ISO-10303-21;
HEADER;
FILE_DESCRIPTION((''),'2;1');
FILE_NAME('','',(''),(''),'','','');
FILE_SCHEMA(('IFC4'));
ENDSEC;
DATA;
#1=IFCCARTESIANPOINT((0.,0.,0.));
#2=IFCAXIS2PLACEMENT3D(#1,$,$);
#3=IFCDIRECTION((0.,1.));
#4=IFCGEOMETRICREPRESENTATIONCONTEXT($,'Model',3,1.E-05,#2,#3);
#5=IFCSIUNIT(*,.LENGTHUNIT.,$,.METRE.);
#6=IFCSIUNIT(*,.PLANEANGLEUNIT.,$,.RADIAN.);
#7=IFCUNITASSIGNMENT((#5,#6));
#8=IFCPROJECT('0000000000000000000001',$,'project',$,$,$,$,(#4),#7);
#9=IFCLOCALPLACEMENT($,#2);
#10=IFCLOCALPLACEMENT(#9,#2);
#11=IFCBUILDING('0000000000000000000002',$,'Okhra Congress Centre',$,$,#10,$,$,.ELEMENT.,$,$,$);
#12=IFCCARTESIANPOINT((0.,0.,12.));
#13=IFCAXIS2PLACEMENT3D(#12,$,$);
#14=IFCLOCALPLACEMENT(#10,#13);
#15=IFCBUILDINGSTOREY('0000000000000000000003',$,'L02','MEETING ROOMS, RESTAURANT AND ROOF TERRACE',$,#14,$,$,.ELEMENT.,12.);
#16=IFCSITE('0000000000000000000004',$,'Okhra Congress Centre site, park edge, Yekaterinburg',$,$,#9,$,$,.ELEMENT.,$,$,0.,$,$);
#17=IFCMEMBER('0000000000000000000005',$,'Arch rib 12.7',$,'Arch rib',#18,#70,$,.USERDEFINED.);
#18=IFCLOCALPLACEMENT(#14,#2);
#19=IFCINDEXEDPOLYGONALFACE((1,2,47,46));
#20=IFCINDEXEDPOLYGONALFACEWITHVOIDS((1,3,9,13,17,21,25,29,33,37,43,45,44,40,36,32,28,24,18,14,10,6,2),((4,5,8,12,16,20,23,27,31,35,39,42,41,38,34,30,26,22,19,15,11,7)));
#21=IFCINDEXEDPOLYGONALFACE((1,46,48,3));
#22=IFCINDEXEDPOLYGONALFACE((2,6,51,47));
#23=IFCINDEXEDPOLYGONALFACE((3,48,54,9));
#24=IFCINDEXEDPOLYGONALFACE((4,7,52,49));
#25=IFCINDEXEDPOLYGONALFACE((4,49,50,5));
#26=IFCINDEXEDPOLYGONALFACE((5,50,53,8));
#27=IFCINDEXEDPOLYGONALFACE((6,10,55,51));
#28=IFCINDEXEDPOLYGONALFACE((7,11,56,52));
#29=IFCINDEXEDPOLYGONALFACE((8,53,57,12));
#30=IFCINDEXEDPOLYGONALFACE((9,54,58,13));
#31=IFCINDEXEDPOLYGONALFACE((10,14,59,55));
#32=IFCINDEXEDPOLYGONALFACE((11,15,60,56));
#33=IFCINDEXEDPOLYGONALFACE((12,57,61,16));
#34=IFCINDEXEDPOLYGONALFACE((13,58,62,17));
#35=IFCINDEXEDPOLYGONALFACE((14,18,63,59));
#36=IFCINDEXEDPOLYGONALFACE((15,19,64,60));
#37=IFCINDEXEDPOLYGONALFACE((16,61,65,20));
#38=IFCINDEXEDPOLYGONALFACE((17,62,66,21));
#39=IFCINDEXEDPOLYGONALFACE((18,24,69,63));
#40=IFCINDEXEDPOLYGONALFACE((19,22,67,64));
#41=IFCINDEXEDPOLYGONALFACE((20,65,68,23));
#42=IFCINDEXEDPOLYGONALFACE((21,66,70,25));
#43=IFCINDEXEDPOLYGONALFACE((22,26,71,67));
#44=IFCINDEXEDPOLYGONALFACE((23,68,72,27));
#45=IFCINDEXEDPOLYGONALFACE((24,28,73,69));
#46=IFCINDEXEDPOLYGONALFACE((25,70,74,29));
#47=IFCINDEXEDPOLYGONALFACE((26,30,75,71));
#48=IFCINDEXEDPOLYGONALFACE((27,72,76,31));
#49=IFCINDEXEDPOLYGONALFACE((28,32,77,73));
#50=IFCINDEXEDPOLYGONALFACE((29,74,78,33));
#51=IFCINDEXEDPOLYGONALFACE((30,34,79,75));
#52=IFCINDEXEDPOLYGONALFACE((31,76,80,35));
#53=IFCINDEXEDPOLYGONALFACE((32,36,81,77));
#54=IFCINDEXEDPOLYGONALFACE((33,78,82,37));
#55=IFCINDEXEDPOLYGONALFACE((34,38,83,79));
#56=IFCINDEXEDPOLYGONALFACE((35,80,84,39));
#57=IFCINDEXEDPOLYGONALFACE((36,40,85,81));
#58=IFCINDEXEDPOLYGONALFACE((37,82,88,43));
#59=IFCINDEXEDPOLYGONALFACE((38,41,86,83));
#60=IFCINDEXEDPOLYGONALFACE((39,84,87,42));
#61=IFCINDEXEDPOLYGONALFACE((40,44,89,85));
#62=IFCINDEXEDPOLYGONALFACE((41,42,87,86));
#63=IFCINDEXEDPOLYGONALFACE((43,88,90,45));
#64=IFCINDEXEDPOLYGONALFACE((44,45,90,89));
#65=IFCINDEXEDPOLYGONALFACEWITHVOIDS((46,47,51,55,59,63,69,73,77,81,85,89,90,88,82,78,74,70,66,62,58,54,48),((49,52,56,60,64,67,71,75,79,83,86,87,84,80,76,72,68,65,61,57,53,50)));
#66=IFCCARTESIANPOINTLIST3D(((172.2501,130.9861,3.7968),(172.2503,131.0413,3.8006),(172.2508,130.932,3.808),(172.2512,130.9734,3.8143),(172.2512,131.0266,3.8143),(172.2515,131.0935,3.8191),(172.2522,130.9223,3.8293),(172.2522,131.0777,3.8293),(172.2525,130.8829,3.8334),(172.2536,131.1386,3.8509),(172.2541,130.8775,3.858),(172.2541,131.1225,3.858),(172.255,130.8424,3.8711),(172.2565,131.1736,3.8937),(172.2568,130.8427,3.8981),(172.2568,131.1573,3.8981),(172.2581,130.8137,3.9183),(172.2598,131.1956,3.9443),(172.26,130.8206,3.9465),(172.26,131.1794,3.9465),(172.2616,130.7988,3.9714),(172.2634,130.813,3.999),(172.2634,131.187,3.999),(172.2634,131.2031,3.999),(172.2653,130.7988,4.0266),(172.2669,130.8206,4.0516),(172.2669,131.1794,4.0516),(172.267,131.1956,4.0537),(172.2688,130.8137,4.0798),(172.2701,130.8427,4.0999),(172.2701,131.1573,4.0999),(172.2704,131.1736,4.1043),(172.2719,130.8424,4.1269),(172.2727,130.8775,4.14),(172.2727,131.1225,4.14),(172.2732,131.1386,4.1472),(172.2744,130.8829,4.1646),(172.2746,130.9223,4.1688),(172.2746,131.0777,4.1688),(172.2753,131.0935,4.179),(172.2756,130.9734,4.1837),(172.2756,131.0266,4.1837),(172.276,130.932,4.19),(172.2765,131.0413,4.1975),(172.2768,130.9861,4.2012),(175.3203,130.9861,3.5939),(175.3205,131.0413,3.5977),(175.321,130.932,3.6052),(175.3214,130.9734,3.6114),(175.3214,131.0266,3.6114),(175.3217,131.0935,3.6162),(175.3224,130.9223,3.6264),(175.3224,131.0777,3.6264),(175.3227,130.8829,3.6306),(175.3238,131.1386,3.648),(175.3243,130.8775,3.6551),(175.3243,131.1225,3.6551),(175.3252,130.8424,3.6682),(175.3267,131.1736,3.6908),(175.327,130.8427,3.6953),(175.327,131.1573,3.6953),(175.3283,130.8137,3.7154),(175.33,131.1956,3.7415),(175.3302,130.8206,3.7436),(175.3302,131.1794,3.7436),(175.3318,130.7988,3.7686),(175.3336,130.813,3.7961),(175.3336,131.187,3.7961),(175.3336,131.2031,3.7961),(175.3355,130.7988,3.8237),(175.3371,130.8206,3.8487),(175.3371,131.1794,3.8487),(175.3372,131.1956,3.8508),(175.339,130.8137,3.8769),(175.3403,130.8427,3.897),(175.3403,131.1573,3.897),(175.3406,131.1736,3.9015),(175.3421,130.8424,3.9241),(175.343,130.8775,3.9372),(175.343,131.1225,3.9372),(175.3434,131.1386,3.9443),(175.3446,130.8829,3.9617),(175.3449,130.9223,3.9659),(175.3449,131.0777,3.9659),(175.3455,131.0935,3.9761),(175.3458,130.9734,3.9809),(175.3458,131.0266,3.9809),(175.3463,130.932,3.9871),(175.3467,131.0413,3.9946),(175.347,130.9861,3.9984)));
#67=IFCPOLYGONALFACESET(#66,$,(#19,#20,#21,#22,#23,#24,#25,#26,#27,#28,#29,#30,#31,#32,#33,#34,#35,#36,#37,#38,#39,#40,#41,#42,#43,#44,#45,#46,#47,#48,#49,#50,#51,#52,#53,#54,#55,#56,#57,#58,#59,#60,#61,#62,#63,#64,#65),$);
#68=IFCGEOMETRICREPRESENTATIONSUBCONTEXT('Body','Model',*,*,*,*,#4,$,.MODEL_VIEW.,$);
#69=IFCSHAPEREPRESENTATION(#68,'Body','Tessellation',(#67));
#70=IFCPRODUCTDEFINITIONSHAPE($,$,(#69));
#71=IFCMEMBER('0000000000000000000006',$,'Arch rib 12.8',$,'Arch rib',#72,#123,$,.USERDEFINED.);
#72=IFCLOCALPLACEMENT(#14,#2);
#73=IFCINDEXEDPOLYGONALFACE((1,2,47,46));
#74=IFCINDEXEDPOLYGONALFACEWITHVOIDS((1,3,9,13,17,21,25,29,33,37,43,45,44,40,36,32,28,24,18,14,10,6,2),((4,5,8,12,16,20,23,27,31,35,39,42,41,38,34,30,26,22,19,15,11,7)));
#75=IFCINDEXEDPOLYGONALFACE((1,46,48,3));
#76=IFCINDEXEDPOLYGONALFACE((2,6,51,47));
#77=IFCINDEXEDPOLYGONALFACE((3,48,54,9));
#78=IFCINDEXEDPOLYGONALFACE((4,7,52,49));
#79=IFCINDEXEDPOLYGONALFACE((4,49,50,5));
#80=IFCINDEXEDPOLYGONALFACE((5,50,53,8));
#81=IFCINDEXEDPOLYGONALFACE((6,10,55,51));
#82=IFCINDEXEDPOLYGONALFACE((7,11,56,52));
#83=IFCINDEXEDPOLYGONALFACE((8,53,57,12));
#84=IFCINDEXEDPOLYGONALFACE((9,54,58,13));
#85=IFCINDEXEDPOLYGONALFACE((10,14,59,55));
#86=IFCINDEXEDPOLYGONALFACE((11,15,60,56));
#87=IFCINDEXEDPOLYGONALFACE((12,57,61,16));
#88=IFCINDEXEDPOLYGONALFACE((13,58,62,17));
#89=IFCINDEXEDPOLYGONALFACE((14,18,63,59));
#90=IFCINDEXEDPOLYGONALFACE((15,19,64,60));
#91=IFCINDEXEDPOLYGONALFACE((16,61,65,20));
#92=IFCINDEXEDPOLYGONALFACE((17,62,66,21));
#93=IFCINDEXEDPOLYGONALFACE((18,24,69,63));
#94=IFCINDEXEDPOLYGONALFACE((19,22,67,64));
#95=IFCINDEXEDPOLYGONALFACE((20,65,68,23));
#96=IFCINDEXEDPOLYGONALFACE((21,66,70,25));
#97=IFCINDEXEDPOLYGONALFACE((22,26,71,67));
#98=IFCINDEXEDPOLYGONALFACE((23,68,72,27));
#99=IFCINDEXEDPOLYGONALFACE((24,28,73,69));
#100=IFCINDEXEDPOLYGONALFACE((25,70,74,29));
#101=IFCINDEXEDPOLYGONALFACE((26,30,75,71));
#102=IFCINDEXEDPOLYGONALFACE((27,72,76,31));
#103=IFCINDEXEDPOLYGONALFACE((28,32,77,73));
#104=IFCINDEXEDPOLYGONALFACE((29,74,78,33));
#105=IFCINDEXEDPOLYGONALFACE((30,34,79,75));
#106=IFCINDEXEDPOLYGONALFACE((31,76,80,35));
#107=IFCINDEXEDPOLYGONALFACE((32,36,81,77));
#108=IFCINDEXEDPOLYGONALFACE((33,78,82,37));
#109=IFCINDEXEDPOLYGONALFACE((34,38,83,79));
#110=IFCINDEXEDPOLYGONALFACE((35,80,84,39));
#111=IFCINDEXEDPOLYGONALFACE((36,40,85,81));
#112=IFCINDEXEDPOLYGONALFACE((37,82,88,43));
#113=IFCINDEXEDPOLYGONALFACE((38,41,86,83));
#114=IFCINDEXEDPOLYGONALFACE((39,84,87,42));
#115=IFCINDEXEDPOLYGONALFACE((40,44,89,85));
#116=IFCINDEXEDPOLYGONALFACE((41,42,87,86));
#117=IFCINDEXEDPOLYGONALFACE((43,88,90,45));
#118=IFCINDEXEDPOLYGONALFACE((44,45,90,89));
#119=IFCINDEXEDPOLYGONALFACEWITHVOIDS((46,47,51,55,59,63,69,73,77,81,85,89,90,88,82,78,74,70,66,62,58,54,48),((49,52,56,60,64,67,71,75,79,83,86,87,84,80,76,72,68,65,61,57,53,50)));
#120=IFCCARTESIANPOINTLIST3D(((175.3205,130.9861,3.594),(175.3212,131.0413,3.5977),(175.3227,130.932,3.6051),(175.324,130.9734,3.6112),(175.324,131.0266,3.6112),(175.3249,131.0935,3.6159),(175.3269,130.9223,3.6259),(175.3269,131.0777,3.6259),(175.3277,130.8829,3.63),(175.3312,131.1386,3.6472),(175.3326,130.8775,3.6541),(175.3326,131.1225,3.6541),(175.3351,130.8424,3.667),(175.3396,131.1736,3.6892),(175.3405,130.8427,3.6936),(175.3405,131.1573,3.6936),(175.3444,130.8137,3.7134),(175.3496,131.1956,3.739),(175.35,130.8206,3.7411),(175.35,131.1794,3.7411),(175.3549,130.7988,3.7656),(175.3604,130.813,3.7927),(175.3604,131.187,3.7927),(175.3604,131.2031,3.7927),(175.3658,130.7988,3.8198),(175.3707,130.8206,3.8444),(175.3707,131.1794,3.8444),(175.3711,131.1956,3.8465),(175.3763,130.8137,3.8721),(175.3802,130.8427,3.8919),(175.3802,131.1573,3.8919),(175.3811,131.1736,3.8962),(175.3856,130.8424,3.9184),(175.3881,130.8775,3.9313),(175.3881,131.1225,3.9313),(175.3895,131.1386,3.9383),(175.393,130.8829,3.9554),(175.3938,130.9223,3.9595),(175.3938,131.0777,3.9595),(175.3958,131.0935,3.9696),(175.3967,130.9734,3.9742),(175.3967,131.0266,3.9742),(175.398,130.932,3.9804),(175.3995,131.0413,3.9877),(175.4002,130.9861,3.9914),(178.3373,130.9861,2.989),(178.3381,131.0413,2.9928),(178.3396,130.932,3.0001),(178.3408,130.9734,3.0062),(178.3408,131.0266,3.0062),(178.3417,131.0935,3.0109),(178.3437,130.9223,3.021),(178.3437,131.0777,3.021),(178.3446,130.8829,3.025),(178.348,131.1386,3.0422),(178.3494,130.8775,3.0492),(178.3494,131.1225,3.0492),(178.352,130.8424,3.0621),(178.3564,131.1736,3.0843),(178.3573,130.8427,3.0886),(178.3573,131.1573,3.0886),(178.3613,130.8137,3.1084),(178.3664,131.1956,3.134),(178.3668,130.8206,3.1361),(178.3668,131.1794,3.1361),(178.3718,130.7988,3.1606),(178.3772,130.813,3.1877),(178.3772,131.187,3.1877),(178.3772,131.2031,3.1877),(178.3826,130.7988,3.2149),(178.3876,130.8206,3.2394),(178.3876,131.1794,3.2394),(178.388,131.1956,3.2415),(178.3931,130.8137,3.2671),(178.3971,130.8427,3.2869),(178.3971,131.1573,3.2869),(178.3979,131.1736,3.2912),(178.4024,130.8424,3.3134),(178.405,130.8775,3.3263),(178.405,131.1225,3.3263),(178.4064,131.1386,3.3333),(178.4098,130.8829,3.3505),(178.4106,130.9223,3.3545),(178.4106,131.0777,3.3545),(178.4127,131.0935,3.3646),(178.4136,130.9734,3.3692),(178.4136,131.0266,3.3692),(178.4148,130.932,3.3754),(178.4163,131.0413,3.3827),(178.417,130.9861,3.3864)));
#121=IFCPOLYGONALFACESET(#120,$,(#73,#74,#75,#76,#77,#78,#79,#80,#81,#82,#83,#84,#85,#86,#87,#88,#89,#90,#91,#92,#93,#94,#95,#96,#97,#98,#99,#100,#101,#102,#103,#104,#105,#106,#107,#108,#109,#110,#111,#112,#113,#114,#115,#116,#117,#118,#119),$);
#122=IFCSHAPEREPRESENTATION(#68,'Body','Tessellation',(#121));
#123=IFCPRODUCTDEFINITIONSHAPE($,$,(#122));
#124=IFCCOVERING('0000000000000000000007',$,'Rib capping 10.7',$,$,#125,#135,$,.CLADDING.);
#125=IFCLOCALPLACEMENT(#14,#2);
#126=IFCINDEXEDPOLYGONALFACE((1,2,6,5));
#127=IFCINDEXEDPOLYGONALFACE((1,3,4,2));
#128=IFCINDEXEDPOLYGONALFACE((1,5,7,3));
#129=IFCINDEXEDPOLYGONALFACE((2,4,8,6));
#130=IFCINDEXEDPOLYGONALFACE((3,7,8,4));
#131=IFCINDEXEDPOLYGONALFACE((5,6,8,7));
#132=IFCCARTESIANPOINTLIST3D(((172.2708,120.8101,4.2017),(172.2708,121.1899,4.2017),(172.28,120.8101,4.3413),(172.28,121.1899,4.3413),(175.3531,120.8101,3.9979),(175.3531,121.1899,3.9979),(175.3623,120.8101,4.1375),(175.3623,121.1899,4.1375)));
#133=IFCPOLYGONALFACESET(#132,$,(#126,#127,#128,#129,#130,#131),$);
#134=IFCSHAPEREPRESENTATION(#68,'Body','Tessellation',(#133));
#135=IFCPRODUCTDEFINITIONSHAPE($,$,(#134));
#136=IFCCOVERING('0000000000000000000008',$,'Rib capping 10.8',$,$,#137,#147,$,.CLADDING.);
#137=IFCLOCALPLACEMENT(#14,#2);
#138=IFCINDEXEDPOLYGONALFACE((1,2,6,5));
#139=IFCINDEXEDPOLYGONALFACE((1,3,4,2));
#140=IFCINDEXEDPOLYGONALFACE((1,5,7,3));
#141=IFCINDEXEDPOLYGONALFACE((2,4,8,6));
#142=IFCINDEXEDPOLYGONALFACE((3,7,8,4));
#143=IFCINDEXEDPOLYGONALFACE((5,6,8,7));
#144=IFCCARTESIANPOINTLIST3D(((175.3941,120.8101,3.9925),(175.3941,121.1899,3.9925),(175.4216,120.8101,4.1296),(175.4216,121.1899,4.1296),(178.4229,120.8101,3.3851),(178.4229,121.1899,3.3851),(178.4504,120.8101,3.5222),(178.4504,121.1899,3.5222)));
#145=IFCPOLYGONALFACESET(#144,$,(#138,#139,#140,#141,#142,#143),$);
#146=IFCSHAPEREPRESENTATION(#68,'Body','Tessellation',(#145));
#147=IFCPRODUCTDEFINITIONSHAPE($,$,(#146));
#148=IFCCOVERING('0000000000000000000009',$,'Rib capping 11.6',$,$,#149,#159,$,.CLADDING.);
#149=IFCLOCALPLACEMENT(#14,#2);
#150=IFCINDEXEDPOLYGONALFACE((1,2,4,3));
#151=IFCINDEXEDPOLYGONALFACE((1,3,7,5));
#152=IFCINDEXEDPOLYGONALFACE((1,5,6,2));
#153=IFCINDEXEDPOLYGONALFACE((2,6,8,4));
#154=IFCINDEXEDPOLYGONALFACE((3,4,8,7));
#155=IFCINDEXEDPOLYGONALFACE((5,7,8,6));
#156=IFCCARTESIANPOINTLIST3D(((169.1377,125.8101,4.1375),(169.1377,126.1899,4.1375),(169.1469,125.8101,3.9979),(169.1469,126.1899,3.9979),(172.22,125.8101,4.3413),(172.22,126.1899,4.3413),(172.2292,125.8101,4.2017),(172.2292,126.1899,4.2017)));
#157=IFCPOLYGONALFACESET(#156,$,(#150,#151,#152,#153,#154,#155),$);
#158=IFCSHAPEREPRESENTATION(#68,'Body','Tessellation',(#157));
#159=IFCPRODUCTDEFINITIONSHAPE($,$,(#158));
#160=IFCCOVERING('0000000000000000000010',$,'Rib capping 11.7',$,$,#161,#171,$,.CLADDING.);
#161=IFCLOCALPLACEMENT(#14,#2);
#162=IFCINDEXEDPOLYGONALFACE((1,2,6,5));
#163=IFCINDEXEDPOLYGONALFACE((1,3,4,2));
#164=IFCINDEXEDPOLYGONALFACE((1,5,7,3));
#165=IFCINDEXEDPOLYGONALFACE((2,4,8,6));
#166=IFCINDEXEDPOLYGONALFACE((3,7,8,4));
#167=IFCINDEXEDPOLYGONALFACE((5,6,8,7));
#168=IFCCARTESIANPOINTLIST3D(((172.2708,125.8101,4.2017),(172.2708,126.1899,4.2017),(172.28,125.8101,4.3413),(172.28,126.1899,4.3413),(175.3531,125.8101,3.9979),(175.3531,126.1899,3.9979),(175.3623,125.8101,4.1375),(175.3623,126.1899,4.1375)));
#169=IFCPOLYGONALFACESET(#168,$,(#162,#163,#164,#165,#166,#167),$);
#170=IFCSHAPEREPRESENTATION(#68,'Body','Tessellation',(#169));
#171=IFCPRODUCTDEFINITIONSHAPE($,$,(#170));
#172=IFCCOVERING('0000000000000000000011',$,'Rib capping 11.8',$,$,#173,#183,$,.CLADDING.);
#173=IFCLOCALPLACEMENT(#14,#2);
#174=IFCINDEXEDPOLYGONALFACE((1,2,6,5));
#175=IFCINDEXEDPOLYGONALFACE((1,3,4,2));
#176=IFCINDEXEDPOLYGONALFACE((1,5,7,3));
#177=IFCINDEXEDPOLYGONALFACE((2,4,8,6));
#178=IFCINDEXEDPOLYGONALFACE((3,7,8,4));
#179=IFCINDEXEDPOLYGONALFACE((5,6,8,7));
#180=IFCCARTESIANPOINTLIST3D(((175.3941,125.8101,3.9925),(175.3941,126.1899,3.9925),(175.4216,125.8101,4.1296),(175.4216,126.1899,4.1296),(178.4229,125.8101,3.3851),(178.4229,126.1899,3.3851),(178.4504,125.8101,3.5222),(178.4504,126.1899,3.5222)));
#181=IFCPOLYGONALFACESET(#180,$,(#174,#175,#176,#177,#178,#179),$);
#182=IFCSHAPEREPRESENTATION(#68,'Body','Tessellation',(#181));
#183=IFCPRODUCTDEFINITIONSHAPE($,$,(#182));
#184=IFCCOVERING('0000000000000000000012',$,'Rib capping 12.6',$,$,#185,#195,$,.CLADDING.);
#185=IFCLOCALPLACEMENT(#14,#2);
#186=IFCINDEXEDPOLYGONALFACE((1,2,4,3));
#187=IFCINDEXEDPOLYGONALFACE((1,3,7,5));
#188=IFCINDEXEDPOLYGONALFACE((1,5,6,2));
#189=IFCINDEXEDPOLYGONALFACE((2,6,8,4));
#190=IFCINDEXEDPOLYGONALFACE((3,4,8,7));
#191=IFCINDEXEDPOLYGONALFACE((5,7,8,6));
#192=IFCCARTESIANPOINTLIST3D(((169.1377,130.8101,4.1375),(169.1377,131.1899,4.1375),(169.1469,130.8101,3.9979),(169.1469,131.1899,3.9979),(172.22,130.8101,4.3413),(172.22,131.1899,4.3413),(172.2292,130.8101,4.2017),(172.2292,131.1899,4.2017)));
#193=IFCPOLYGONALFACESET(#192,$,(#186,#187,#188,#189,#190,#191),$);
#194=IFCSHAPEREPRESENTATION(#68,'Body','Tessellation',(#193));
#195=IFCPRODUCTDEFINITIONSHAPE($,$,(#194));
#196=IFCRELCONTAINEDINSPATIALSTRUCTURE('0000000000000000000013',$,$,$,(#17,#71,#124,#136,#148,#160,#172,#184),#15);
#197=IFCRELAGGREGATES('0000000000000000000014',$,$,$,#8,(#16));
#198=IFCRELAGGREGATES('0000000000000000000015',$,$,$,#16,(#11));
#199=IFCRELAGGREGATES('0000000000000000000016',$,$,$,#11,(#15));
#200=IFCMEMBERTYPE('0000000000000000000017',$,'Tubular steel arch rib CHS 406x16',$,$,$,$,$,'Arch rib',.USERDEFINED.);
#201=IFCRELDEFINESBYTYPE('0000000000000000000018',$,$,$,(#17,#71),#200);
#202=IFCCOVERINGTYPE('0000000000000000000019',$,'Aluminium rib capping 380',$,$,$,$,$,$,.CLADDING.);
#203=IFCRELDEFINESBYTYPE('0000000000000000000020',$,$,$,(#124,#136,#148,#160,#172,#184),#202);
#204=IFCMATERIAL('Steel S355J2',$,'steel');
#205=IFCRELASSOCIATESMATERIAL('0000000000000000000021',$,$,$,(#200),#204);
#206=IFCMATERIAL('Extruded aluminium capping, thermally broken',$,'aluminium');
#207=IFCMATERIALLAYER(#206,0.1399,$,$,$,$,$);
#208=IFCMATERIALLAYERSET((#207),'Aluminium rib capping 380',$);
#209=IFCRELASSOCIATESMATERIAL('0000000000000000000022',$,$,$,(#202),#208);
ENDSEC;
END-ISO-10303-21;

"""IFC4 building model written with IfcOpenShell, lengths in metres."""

from ifc_helpers import new_model, si_unit, direction, frame, origin, origin_2d, place, context, subcontext, project, spatial, polyline, hollow_circle, outline, extrude, material, layer, layer_set, material_profile, profile_set, type_object, element, save


model = new_model("IFC4")

# Units and contexts
model_context = context("Model", 3, precision=1e-05, world=origin(), true_north=direction((0.0, 1.0)))
body_context = subcontext(model_context, "Body", "Model", "MODEL_VIEW")
ifc_project = project(units=[si_unit("LENGTHUNIT", "METRE"), si_unit("PLANEANGLEUNIT", "RADIAN")], contexts=[model_context])

# Site, building, storey
site_placement = place(None, origin())
site = spatial("IfcSite", under=ifc_project, at=site_placement, Name="Okhra Congress Centre site, park edge, Yekaterinburg", CompositionType="ELEMENT", RefElevation=0.0)
building_placement = place(site_placement, origin())
building = spatial("IfcBuilding", under=site, at=building_placement, Name="Okhra Congress Centre", CompositionType="ELEMENT")
storey_placement = place(building_placement, frame((0.0, 0.0, 12.0)))
storey = spatial("IfcBuildingStorey", under=building, at=storey_placement, Name="L02", Description="MEETING ROOMS, RESTAURANT AND ROOF TERRACE", CompositionType="ELEMENT", Elevation=12.0)

# Members
ifc_material_1 = material(Name="Steel S355J2", Category="steel")
ifc_material_profile_1 = material_profile(ifc_material_1, hollow_circle(Radius=0.2031, WallThickness=0.0161, at=origin_2d()), Name="CHS 406.4x16")
ifc_profile_set_1 = profile_set([ifc_material_profile_1], Name="Steel S355J2")
member_type_1 = type_object("IfcMemberType", Name="Tubular steel arch rib CHS 406x16", ElementType="Arch rib", PredefinedType="USERDEFINED", material=ifc_profile_set_1)
for number, where, z_axis, x_axis, name in (
    (1, (172.2634, 131.0, 3.999), (0.997824, 0.0, -0.065934), (0.0, 1.0, 0.0), "Arch rib 12.7"),
    (2, (175.3604, 131.0, 3.7927), (0.98048, 0.0, -0.19662), (0.0, 1.0, 0.0), "Arch rib 12.8"),
):
    element("IfcMember", number, at=place(storey_placement, frame(where, z_axis=z_axis, x_axis=x_axis)), inside=storey, type_object=member_type_1, Name=name, ObjectType="Arch rib", PredefinedType="USERDEFINED", context=body_context, shape_type="SweptSolid", body=[
        extrude(hollow_circle(Radius=0.2031, WallThickness=0.0161, at=origin_2d()), origin(), (0.0, 0.0, 1.0), 3.0769),
    ])

# Coverings
ifc_material_2 = material(Name="Extruded aluminium capping, thermally broken", Category="aluminium")
ifc_layer = layer(ifc_material_2, 0.1399)
ifc_layer_set = layer_set([ifc_layer], Name="Aluminium rib capping 380")
covering_type = type_object("IfcCoveringType", Name="Aluminium rib capping 380", PredefinedType="CLADDING", material=ifc_layer_set)
covering_1_placement = place(storey_placement, frame((172.28, 120.8101, 4.3413), z_axis=(0.065994, 0.0, 0.99782), x_axis=(0.99782, 0.0, -0.065994)))
element("IfcCovering", 3, at=covering_1_placement, inside=storey, type_object=covering_type, Name="Rib capping 10.7", PredefinedType="CLADDING", context=body_context, shape_type="SweptSolid", body=[
    extrude(outline(polyline([(0.0, 0.0), (3.089, 0.0), (3.089, 0.3799), (0.0, 0.3799), (0.0, 0.0)])), origin(), (0.0, 0.0, -1.0), 0.1399),
])
covering_2_placement = place(storey_placement, frame((175.4216, 120.8101, 4.1296), z_axis=(0.196633, 0.0, 0.980477), x_axis=(0.980477, 0.0, -0.196633)))
element("IfcCovering", 4, at=covering_2_placement, inside=storey, type_object=covering_type, Name="Rib capping 10.8", PredefinedType="CLADDING", context=body_context, shape_type="SweptSolid", body=[
    extrude(outline(polyline([(0.0, 0.0), (3.0891, 0.0), (3.0891, 0.3799), (0.0, 0.3799), (0.0, 0.0)])), origin(), (0.0, 0.0, -1.0), 0.1399),
])
for number, where, z_axis, x_axis, name in (
    (5, (169.1377, 125.8101, 4.1375), (-0.065994, 0.0, 0.99782), (0.99782, 0.0, 0.065994), "Rib capping 11.6"),
    (6, (172.28, 125.8101, 4.3413), (0.065994, 0.0, 0.99782), (0.99782, 0.0, -0.065994), "Rib capping 11.7"),
):
    element("IfcCovering", number, at=place(storey_placement, frame(where, z_axis=z_axis, x_axis=x_axis)), inside=storey, type_object=covering_type, Name=name, PredefinedType="CLADDING", context=body_context, shape_type="SweptSolid", body=[
        extrude(outline(polyline([(0.0, 0.0), (3.089, 0.0), (3.089, 0.3799), (0.0, 0.3799), (0.0, 0.0)])), origin(), (0.0, 0.0, -1.0), 0.1399),
    ])
covering_3_placement = place(storey_placement, frame((175.4216, 125.8101, 4.1296), z_axis=(0.196633, 0.0, 0.980477), x_axis=(0.980477, 0.0, -0.196633)))
element("IfcCovering", 7, at=covering_3_placement, inside=storey, type_object=covering_type, Name="Rib capping 11.8", PredefinedType="CLADDING", context=body_context, shape_type="SweptSolid", body=[
    extrude(outline(polyline([(0.0, 0.0), (3.0891, 0.0), (3.0891, 0.3799), (0.0, 0.3799), (0.0, 0.0)])), origin(), (0.0, 0.0, -1.0), 0.1399),
])
for number, where, z_axis, x_axis, name in (
    (8, (169.1377, 130.8101, 4.1375), (-0.065994, 0.0, 0.99782), (0.99782, 0.0, 0.065994), "Rib capping 12.6"),
):
    element("IfcCovering", number, at=place(storey_placement, frame(where, z_axis=z_axis, x_axis=x_axis)), inside=storey, type_object=covering_type, Name=name, PredefinedType="CLADDING", context=body_context, shape_type="SweptSolid", body=[
        extrude(outline(polyline([(0.0, 0.0), (3.089, 0.0), (3.089, 0.3799), (0.0, 0.3799), (0.0, 0.0)])), origin(), (0.0, 0.0, -1.0), 0.1399),
    ])

save(model, "model.ifc")
